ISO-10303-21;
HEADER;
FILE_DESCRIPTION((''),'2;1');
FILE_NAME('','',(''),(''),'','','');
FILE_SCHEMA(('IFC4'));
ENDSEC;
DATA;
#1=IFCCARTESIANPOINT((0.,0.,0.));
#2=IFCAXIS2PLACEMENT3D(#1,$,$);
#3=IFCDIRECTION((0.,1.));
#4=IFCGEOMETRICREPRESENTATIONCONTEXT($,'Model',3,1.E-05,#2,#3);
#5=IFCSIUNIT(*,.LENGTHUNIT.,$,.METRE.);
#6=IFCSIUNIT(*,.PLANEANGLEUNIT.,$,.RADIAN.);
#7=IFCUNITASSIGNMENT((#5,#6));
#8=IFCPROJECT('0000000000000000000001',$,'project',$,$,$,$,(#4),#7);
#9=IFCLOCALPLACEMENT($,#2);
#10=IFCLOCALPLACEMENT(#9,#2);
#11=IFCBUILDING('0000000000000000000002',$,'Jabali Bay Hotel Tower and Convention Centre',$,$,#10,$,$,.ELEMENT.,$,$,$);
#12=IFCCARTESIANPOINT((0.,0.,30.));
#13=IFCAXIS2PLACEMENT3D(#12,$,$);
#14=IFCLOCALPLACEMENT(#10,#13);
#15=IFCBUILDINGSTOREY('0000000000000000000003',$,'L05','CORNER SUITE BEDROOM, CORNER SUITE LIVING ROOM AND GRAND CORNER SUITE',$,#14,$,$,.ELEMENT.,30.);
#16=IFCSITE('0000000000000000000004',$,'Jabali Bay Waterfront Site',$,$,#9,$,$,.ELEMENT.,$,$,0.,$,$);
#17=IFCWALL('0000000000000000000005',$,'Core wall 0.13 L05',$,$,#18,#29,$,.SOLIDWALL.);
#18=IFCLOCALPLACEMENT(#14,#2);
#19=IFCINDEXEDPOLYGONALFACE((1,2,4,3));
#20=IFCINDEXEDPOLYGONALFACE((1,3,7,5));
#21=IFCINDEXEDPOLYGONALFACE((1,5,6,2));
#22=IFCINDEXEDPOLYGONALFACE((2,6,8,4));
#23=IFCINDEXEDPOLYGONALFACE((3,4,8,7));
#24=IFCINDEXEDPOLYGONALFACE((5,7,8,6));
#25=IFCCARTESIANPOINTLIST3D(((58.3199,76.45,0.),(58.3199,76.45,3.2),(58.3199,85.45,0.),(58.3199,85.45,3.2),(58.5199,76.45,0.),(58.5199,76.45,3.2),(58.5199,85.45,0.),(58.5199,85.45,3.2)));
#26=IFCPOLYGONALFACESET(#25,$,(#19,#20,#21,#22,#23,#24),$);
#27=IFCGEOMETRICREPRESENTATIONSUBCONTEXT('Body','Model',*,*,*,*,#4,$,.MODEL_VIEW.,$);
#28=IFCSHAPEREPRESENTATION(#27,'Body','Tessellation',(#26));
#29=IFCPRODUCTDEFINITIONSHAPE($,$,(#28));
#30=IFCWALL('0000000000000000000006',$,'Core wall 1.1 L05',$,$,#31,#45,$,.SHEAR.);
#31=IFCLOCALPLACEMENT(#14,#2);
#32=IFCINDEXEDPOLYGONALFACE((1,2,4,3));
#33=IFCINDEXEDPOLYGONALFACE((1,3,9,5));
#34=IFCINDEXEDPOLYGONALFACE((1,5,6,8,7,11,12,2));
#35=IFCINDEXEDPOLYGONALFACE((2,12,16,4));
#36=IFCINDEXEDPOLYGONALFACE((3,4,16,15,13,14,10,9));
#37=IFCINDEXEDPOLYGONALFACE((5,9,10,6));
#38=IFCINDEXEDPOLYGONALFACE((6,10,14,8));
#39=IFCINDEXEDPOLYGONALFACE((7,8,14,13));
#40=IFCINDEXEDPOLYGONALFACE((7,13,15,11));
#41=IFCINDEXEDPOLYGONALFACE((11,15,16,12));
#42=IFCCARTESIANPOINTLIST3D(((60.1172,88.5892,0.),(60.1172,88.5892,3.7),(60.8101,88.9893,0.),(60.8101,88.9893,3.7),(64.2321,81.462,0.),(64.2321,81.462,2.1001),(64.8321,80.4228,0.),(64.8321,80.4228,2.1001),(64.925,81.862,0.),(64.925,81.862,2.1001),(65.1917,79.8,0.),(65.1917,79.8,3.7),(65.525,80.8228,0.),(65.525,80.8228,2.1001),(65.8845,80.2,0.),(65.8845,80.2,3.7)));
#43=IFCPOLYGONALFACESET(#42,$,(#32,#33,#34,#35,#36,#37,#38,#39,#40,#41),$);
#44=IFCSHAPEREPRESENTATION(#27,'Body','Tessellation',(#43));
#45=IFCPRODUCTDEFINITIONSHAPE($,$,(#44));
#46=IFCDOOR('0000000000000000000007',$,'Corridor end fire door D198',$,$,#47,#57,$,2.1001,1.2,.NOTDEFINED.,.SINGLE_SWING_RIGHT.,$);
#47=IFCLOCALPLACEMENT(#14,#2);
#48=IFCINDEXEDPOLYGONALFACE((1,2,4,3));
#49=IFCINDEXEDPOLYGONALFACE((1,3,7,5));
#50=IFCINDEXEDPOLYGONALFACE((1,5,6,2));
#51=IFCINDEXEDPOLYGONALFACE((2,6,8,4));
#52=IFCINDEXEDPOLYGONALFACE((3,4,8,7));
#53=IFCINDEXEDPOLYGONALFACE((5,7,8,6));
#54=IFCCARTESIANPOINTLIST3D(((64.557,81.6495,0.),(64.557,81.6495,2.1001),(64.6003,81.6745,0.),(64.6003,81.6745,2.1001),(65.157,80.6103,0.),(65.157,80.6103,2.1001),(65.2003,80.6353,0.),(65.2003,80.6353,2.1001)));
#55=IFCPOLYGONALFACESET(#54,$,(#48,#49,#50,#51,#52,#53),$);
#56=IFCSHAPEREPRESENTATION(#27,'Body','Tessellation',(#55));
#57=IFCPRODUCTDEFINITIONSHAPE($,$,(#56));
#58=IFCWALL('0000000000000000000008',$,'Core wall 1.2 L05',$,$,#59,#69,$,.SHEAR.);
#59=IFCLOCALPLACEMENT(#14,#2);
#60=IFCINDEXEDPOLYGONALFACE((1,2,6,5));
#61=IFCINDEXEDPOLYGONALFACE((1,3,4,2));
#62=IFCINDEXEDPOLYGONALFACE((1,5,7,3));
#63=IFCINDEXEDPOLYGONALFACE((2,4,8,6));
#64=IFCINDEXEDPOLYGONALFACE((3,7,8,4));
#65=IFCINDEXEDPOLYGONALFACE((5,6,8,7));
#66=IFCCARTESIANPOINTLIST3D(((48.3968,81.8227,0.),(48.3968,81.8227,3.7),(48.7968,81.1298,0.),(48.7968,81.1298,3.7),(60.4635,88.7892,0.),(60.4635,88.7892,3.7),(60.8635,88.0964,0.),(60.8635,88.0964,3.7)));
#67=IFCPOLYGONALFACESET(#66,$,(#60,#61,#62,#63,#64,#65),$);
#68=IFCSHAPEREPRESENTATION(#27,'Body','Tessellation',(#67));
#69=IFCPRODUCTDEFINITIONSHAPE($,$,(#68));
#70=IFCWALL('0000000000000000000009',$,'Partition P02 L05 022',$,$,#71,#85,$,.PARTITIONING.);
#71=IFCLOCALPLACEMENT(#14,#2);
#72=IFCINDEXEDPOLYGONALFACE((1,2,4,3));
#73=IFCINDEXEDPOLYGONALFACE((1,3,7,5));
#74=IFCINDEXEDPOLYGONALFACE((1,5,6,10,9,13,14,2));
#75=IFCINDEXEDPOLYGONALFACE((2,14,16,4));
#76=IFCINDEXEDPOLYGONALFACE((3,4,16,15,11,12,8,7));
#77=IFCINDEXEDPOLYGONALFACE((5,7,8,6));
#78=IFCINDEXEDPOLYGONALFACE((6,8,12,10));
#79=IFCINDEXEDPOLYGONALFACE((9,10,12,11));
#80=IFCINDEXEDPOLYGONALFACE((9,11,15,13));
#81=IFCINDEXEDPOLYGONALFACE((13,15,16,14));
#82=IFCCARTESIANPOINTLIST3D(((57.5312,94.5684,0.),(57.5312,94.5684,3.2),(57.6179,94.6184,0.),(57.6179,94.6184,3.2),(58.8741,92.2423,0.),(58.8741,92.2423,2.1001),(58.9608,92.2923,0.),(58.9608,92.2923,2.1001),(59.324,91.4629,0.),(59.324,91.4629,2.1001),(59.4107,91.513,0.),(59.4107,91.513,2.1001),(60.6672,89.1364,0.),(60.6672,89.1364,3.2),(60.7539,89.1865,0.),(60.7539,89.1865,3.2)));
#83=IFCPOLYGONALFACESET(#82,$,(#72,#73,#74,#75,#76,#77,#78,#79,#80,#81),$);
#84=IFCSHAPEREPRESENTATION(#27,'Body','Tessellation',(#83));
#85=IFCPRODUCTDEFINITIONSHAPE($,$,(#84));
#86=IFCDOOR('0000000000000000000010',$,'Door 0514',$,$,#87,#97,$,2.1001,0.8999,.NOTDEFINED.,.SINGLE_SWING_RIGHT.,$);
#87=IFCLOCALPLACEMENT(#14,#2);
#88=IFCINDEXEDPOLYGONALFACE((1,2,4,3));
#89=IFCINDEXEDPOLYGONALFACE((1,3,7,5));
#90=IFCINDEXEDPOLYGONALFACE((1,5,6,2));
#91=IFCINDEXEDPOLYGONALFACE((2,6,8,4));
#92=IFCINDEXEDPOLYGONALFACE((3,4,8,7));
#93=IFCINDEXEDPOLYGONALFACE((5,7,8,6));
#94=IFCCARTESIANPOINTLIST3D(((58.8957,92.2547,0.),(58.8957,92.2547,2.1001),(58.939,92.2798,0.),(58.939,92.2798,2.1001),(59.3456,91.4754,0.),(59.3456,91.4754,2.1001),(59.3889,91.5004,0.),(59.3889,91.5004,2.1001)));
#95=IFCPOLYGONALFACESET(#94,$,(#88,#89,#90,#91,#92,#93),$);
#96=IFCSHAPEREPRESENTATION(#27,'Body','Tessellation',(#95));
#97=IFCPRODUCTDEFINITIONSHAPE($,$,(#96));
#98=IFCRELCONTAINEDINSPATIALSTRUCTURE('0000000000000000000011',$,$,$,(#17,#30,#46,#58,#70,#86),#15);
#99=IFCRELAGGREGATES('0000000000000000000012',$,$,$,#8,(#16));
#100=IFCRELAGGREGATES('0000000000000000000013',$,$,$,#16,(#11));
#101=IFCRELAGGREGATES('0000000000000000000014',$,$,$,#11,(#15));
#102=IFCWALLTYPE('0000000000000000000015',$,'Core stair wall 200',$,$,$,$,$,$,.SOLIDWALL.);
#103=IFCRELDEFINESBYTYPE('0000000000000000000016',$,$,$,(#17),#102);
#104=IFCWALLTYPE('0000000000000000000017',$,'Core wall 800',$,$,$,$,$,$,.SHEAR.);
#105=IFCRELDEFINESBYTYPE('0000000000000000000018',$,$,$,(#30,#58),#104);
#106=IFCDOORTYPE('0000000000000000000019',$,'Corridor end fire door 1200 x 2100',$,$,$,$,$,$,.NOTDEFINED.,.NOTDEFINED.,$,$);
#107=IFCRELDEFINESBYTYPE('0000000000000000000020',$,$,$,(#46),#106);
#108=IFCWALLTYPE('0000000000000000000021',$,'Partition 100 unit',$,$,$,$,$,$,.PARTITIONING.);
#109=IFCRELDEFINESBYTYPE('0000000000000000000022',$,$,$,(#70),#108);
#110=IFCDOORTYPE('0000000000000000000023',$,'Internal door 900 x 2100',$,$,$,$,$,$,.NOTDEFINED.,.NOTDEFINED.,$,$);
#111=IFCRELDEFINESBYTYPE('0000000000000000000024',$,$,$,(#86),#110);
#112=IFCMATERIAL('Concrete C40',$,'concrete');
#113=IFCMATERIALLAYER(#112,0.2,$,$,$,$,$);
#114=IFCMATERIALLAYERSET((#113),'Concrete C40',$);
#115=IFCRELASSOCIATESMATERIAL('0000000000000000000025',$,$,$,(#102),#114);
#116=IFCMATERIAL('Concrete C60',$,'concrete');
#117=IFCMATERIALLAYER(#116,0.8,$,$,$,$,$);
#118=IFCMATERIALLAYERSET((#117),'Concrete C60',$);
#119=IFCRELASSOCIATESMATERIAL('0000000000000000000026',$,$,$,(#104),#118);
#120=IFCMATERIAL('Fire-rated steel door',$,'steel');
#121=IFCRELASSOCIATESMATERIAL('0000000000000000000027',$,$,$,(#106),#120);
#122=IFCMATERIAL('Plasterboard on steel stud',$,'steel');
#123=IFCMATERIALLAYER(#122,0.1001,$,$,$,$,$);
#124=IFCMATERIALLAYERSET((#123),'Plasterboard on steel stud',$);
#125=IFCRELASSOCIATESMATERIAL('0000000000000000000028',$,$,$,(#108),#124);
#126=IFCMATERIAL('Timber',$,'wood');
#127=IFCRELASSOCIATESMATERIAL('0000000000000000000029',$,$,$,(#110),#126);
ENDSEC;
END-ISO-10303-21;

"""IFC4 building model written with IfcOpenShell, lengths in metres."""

from ifc_helpers import new_model, si_unit, direction, frame, frame_2d, origin, place, context, subcontext, project, spatial, rectangle, extrude, material, layer, layer_set, type_object, element, fill, save


model = new_model("IFC4")

# Units and contexts
model_context = context("Model", 3, precision=1e-05, world=origin(), true_north=direction((0.0, 1.0)))
body_context = subcontext(model_context, "Body", "Model", "MODEL_VIEW")
ifc_project = project(units=[si_unit("LENGTHUNIT", "METRE"), si_unit("PLANEANGLEUNIT", "RADIAN")], contexts=[model_context])

# Site, building, storey
site_placement = place(None, origin())
site = spatial("IfcSite", under=ifc_project, at=site_placement, Name="Jabali Bay Waterfront Site", CompositionType="ELEMENT", RefElevation=0.0)
building_placement = place(site_placement, origin())
building = spatial("IfcBuilding", under=site, at=building_placement, Name="Jabali Bay Hotel Tower and Convention Centre", CompositionType="ELEMENT")
storey_placement = place(building_placement, frame((0.0, 0.0, 30.0)))
storey = spatial("IfcBuildingStorey", under=building, at=storey_placement, Name="L05", Description="CORNER SUITE BEDROOM, CORNER SUITE LIVING ROOM AND GRAND CORNER SUITE", CompositionType="ELEMENT", Elevation=30.0)

# Shared definitions
ifc_material_1 = material(Name="Concrete C40", Category="concrete")
ifc_material_2 = material(Name="Fire-rated steel door", Category="steel")

# Shared definitions
ifc_layer_1 = layer(ifc_material_1, 0.2)
ifc_layer_set_1 = layer_set([ifc_layer_1], Name="Concrete C40")
wall_type_1 = type_object("IfcWallType", Name="Core stair wall 200", PredefinedType="SOLIDWALL", material=ifc_layer_set_1)

# Wall
wall_1_placement = place(storey_placement, frame((58.4199, 85.45, 0.0), z_axis=(0.0, 0.0, 1.0), x_axis=(0.0, -1.0, 0.0)))
element("IfcWall", 1, at=wall_1_placement, inside=storey, type_object=wall_type_1, Name="Core wall 0.13 L05", PredefinedType="SOLIDWALL", context=body_context, shape_type="SweptSolid", body=[
    extrude(rectangle(XDim=9.0, YDim=0.2, at=frame_2d((4.5, 0.0))), origin(), (0.0, 0.0, 1.0), 3.2),
])

# Wall, opening, door
ifc_material_3 = material(Name="Concrete C60", Category="concrete")
ifc_layer_2 = layer(ifc_material_3, 0.8)
ifc_layer_set_2 = layer_set([ifc_layer_2], Name="Concrete C60")
wall_type_2 = type_object("IfcWallType", Name="Core wall 800", PredefinedType="SHEAR", material=ifc_layer_set_2)
wall_2_placement = place(storey_placement, frame((65.5381, 80.0, 0.0), z_axis=(0.0, 0.0, 1.0), x_axis=(-0.499997, 0.866027, 0.0)))
wall_2 = element("IfcWall", 2, at=wall_2_placement, inside=storey, type_object=wall_type_2, Name="Core wall 1.1 L05", PredefinedType="SHEAR", context=body_context, shape_type="SweptSolid", body=[
    extrude(rectangle(XDim=10.1489, YDim=0.8, at=frame_2d((5.0745, 0.0))), origin(), (0.0, 0.0, 1.0), 3.7),
])
opening_1_placement = place(wall_2_placement, frame((0.719, 0.0, 0.0)))
opening_1 = element("IfcOpeningElement", 3, at=opening_1_placement, cuts=wall_2, PredefinedType="OPENING", context=body_context, shape_type="SweptSolid", body=[
    extrude(rectangle(XDim=1.2, YDim=2.1001, at=frame_2d((0.6001, 1.05))), frame((0.0, 0.4106, 0.0), z_axis=(0.0, -1.0, 0.0), x_axis=(1.0, 0.0, 0.0)), (0.0, 0.0, 1.0), 0.821),
])
door_type_1 = type_object("IfcDoorType", Name="Corridor end fire door 1200 x 2100", OperationType="NOTDEFINED", PredefinedType="NOTDEFINED", material=ifc_material_2)
door_1_placement = place(opening_1_placement, origin())
door_1 = element("IfcDoor", 4, at=door_1_placement, inside=storey, type_object=door_type_1, Name="Corridor end fire door D198", OperationType="SINGLE_SWING_RIGHT", OverallHeight=2.1001, OverallWidth=1.2, PredefinedType="NOTDEFINED", context=body_context, shape_type="SweptSolid", body=[
    extrude(rectangle(XDim=1.2, YDim=2.1001, at=frame_2d((0.6001, 1.05))), frame((0.0, 0.0249, 0.0), z_axis=(0.0, -1.0, 0.0), x_axis=(1.0, 0.0, 0.0)), (0.0, 0.0, 1.0), 0.05),
])
fill(opening_1, door_1)

# Wall
wall_3_placement = place(storey_placement, frame((60.6636, 88.4429, 0.0), z_axis=(0.0, 0.0, 1.0), x_axis=(-0.866029, -0.499993, 0.0)))
element("IfcWall", 5, at=wall_3_placement, inside=storey, type_object=wall_type_2, Name="Core wall 1.2 L05", PredefinedType="SHEAR", context=body_context, shape_type="SweptSolid", body=[
    extrude(rectangle(XDim=13.9333, YDim=0.8, at=frame_2d((6.9668, 0.0))), origin(), (0.0, 0.0, 1.0), 3.7),
])

# Wall, opening, door
ifc_material_4 = material(Name="Plasterboard on steel stud", Category="steel")
ifc_layer_3 = layer(ifc_material_4, 0.1001)
ifc_layer_set_3 = layer_set([ifc_layer_3], Name="Plasterboard on steel stud")
wall_type_3 = type_object("IfcWallType", Name="Partition 100 unit", PredefinedType="PARTITIONING", material=ifc_layer_set_3)
wall_4_placement = place(storey_placement, frame((57.5745, 94.5935, 0.0), z_axis=(0.0, 0.0, 1.0), x_axis=(0.499986, -0.866033, 0.0)))
wall_4 = element("IfcWall", 6, at=wall_4_placement, inside=storey, type_object=wall_type_3, Name="Partition P02 L05 022", PredefinedType="PARTITIONING", context=body_context, shape_type="SweptSolid", body=[
    extrude(rectangle(XDim=6.2722, YDim=0.1001, at=frame_2d((3.1362, 0.0))), origin(), (0.0, 0.0, 1.0), 3.2),
])
opening_2_placement = place(wall_4_placement, frame((2.686, 0.0, 0.0)))
opening_2 = element("IfcOpeningElement", 7, at=opening_2_placement, cuts=wall_4, PredefinedType="OPENING", context=body_context, shape_type="SweptSolid", body=[
    extrude(rectangle(XDim=0.8999, YDim=2.1001, at=frame_2d((0.45, 1.05))), frame((0.0, 0.0605, 0.0), z_axis=(0.0, -1.0, 0.0), x_axis=(1.0, 0.0, 0.0)), (0.0, 0.0, 1.0), 0.1211),
])
ifc_material_5 = material(Name="Timber", Category="wood")
door_type_2 = type_object("IfcDoorType", Name="Internal door 900 x 2100", OperationType="NOTDEFINED", PredefinedType="NOTDEFINED", material=ifc_material_5)
door_2_placement = place(opening_2_placement, origin())
door_2 = element("IfcDoor", 8, at=door_2_placement, inside=storey, type_object=door_type_2, Name="Door 0514", OperationType="SINGLE_SWING_RIGHT", OverallHeight=2.1001, OverallWidth=0.8999, PredefinedType="NOTDEFINED", context=body_context, shape_type="SweptSolid", body=[
    extrude(rectangle(XDim=0.8999, YDim=2.1001, at=frame_2d((0.45, 1.05))), frame((0.0, 0.0249, 0.0), z_axis=(0.0, -1.0, 0.0), x_axis=(1.0, 0.0, 0.0)), (0.0, 0.0, 1.0), 0.05),
])
fill(opening_2, door_2)

save(model, "model.ifc")
